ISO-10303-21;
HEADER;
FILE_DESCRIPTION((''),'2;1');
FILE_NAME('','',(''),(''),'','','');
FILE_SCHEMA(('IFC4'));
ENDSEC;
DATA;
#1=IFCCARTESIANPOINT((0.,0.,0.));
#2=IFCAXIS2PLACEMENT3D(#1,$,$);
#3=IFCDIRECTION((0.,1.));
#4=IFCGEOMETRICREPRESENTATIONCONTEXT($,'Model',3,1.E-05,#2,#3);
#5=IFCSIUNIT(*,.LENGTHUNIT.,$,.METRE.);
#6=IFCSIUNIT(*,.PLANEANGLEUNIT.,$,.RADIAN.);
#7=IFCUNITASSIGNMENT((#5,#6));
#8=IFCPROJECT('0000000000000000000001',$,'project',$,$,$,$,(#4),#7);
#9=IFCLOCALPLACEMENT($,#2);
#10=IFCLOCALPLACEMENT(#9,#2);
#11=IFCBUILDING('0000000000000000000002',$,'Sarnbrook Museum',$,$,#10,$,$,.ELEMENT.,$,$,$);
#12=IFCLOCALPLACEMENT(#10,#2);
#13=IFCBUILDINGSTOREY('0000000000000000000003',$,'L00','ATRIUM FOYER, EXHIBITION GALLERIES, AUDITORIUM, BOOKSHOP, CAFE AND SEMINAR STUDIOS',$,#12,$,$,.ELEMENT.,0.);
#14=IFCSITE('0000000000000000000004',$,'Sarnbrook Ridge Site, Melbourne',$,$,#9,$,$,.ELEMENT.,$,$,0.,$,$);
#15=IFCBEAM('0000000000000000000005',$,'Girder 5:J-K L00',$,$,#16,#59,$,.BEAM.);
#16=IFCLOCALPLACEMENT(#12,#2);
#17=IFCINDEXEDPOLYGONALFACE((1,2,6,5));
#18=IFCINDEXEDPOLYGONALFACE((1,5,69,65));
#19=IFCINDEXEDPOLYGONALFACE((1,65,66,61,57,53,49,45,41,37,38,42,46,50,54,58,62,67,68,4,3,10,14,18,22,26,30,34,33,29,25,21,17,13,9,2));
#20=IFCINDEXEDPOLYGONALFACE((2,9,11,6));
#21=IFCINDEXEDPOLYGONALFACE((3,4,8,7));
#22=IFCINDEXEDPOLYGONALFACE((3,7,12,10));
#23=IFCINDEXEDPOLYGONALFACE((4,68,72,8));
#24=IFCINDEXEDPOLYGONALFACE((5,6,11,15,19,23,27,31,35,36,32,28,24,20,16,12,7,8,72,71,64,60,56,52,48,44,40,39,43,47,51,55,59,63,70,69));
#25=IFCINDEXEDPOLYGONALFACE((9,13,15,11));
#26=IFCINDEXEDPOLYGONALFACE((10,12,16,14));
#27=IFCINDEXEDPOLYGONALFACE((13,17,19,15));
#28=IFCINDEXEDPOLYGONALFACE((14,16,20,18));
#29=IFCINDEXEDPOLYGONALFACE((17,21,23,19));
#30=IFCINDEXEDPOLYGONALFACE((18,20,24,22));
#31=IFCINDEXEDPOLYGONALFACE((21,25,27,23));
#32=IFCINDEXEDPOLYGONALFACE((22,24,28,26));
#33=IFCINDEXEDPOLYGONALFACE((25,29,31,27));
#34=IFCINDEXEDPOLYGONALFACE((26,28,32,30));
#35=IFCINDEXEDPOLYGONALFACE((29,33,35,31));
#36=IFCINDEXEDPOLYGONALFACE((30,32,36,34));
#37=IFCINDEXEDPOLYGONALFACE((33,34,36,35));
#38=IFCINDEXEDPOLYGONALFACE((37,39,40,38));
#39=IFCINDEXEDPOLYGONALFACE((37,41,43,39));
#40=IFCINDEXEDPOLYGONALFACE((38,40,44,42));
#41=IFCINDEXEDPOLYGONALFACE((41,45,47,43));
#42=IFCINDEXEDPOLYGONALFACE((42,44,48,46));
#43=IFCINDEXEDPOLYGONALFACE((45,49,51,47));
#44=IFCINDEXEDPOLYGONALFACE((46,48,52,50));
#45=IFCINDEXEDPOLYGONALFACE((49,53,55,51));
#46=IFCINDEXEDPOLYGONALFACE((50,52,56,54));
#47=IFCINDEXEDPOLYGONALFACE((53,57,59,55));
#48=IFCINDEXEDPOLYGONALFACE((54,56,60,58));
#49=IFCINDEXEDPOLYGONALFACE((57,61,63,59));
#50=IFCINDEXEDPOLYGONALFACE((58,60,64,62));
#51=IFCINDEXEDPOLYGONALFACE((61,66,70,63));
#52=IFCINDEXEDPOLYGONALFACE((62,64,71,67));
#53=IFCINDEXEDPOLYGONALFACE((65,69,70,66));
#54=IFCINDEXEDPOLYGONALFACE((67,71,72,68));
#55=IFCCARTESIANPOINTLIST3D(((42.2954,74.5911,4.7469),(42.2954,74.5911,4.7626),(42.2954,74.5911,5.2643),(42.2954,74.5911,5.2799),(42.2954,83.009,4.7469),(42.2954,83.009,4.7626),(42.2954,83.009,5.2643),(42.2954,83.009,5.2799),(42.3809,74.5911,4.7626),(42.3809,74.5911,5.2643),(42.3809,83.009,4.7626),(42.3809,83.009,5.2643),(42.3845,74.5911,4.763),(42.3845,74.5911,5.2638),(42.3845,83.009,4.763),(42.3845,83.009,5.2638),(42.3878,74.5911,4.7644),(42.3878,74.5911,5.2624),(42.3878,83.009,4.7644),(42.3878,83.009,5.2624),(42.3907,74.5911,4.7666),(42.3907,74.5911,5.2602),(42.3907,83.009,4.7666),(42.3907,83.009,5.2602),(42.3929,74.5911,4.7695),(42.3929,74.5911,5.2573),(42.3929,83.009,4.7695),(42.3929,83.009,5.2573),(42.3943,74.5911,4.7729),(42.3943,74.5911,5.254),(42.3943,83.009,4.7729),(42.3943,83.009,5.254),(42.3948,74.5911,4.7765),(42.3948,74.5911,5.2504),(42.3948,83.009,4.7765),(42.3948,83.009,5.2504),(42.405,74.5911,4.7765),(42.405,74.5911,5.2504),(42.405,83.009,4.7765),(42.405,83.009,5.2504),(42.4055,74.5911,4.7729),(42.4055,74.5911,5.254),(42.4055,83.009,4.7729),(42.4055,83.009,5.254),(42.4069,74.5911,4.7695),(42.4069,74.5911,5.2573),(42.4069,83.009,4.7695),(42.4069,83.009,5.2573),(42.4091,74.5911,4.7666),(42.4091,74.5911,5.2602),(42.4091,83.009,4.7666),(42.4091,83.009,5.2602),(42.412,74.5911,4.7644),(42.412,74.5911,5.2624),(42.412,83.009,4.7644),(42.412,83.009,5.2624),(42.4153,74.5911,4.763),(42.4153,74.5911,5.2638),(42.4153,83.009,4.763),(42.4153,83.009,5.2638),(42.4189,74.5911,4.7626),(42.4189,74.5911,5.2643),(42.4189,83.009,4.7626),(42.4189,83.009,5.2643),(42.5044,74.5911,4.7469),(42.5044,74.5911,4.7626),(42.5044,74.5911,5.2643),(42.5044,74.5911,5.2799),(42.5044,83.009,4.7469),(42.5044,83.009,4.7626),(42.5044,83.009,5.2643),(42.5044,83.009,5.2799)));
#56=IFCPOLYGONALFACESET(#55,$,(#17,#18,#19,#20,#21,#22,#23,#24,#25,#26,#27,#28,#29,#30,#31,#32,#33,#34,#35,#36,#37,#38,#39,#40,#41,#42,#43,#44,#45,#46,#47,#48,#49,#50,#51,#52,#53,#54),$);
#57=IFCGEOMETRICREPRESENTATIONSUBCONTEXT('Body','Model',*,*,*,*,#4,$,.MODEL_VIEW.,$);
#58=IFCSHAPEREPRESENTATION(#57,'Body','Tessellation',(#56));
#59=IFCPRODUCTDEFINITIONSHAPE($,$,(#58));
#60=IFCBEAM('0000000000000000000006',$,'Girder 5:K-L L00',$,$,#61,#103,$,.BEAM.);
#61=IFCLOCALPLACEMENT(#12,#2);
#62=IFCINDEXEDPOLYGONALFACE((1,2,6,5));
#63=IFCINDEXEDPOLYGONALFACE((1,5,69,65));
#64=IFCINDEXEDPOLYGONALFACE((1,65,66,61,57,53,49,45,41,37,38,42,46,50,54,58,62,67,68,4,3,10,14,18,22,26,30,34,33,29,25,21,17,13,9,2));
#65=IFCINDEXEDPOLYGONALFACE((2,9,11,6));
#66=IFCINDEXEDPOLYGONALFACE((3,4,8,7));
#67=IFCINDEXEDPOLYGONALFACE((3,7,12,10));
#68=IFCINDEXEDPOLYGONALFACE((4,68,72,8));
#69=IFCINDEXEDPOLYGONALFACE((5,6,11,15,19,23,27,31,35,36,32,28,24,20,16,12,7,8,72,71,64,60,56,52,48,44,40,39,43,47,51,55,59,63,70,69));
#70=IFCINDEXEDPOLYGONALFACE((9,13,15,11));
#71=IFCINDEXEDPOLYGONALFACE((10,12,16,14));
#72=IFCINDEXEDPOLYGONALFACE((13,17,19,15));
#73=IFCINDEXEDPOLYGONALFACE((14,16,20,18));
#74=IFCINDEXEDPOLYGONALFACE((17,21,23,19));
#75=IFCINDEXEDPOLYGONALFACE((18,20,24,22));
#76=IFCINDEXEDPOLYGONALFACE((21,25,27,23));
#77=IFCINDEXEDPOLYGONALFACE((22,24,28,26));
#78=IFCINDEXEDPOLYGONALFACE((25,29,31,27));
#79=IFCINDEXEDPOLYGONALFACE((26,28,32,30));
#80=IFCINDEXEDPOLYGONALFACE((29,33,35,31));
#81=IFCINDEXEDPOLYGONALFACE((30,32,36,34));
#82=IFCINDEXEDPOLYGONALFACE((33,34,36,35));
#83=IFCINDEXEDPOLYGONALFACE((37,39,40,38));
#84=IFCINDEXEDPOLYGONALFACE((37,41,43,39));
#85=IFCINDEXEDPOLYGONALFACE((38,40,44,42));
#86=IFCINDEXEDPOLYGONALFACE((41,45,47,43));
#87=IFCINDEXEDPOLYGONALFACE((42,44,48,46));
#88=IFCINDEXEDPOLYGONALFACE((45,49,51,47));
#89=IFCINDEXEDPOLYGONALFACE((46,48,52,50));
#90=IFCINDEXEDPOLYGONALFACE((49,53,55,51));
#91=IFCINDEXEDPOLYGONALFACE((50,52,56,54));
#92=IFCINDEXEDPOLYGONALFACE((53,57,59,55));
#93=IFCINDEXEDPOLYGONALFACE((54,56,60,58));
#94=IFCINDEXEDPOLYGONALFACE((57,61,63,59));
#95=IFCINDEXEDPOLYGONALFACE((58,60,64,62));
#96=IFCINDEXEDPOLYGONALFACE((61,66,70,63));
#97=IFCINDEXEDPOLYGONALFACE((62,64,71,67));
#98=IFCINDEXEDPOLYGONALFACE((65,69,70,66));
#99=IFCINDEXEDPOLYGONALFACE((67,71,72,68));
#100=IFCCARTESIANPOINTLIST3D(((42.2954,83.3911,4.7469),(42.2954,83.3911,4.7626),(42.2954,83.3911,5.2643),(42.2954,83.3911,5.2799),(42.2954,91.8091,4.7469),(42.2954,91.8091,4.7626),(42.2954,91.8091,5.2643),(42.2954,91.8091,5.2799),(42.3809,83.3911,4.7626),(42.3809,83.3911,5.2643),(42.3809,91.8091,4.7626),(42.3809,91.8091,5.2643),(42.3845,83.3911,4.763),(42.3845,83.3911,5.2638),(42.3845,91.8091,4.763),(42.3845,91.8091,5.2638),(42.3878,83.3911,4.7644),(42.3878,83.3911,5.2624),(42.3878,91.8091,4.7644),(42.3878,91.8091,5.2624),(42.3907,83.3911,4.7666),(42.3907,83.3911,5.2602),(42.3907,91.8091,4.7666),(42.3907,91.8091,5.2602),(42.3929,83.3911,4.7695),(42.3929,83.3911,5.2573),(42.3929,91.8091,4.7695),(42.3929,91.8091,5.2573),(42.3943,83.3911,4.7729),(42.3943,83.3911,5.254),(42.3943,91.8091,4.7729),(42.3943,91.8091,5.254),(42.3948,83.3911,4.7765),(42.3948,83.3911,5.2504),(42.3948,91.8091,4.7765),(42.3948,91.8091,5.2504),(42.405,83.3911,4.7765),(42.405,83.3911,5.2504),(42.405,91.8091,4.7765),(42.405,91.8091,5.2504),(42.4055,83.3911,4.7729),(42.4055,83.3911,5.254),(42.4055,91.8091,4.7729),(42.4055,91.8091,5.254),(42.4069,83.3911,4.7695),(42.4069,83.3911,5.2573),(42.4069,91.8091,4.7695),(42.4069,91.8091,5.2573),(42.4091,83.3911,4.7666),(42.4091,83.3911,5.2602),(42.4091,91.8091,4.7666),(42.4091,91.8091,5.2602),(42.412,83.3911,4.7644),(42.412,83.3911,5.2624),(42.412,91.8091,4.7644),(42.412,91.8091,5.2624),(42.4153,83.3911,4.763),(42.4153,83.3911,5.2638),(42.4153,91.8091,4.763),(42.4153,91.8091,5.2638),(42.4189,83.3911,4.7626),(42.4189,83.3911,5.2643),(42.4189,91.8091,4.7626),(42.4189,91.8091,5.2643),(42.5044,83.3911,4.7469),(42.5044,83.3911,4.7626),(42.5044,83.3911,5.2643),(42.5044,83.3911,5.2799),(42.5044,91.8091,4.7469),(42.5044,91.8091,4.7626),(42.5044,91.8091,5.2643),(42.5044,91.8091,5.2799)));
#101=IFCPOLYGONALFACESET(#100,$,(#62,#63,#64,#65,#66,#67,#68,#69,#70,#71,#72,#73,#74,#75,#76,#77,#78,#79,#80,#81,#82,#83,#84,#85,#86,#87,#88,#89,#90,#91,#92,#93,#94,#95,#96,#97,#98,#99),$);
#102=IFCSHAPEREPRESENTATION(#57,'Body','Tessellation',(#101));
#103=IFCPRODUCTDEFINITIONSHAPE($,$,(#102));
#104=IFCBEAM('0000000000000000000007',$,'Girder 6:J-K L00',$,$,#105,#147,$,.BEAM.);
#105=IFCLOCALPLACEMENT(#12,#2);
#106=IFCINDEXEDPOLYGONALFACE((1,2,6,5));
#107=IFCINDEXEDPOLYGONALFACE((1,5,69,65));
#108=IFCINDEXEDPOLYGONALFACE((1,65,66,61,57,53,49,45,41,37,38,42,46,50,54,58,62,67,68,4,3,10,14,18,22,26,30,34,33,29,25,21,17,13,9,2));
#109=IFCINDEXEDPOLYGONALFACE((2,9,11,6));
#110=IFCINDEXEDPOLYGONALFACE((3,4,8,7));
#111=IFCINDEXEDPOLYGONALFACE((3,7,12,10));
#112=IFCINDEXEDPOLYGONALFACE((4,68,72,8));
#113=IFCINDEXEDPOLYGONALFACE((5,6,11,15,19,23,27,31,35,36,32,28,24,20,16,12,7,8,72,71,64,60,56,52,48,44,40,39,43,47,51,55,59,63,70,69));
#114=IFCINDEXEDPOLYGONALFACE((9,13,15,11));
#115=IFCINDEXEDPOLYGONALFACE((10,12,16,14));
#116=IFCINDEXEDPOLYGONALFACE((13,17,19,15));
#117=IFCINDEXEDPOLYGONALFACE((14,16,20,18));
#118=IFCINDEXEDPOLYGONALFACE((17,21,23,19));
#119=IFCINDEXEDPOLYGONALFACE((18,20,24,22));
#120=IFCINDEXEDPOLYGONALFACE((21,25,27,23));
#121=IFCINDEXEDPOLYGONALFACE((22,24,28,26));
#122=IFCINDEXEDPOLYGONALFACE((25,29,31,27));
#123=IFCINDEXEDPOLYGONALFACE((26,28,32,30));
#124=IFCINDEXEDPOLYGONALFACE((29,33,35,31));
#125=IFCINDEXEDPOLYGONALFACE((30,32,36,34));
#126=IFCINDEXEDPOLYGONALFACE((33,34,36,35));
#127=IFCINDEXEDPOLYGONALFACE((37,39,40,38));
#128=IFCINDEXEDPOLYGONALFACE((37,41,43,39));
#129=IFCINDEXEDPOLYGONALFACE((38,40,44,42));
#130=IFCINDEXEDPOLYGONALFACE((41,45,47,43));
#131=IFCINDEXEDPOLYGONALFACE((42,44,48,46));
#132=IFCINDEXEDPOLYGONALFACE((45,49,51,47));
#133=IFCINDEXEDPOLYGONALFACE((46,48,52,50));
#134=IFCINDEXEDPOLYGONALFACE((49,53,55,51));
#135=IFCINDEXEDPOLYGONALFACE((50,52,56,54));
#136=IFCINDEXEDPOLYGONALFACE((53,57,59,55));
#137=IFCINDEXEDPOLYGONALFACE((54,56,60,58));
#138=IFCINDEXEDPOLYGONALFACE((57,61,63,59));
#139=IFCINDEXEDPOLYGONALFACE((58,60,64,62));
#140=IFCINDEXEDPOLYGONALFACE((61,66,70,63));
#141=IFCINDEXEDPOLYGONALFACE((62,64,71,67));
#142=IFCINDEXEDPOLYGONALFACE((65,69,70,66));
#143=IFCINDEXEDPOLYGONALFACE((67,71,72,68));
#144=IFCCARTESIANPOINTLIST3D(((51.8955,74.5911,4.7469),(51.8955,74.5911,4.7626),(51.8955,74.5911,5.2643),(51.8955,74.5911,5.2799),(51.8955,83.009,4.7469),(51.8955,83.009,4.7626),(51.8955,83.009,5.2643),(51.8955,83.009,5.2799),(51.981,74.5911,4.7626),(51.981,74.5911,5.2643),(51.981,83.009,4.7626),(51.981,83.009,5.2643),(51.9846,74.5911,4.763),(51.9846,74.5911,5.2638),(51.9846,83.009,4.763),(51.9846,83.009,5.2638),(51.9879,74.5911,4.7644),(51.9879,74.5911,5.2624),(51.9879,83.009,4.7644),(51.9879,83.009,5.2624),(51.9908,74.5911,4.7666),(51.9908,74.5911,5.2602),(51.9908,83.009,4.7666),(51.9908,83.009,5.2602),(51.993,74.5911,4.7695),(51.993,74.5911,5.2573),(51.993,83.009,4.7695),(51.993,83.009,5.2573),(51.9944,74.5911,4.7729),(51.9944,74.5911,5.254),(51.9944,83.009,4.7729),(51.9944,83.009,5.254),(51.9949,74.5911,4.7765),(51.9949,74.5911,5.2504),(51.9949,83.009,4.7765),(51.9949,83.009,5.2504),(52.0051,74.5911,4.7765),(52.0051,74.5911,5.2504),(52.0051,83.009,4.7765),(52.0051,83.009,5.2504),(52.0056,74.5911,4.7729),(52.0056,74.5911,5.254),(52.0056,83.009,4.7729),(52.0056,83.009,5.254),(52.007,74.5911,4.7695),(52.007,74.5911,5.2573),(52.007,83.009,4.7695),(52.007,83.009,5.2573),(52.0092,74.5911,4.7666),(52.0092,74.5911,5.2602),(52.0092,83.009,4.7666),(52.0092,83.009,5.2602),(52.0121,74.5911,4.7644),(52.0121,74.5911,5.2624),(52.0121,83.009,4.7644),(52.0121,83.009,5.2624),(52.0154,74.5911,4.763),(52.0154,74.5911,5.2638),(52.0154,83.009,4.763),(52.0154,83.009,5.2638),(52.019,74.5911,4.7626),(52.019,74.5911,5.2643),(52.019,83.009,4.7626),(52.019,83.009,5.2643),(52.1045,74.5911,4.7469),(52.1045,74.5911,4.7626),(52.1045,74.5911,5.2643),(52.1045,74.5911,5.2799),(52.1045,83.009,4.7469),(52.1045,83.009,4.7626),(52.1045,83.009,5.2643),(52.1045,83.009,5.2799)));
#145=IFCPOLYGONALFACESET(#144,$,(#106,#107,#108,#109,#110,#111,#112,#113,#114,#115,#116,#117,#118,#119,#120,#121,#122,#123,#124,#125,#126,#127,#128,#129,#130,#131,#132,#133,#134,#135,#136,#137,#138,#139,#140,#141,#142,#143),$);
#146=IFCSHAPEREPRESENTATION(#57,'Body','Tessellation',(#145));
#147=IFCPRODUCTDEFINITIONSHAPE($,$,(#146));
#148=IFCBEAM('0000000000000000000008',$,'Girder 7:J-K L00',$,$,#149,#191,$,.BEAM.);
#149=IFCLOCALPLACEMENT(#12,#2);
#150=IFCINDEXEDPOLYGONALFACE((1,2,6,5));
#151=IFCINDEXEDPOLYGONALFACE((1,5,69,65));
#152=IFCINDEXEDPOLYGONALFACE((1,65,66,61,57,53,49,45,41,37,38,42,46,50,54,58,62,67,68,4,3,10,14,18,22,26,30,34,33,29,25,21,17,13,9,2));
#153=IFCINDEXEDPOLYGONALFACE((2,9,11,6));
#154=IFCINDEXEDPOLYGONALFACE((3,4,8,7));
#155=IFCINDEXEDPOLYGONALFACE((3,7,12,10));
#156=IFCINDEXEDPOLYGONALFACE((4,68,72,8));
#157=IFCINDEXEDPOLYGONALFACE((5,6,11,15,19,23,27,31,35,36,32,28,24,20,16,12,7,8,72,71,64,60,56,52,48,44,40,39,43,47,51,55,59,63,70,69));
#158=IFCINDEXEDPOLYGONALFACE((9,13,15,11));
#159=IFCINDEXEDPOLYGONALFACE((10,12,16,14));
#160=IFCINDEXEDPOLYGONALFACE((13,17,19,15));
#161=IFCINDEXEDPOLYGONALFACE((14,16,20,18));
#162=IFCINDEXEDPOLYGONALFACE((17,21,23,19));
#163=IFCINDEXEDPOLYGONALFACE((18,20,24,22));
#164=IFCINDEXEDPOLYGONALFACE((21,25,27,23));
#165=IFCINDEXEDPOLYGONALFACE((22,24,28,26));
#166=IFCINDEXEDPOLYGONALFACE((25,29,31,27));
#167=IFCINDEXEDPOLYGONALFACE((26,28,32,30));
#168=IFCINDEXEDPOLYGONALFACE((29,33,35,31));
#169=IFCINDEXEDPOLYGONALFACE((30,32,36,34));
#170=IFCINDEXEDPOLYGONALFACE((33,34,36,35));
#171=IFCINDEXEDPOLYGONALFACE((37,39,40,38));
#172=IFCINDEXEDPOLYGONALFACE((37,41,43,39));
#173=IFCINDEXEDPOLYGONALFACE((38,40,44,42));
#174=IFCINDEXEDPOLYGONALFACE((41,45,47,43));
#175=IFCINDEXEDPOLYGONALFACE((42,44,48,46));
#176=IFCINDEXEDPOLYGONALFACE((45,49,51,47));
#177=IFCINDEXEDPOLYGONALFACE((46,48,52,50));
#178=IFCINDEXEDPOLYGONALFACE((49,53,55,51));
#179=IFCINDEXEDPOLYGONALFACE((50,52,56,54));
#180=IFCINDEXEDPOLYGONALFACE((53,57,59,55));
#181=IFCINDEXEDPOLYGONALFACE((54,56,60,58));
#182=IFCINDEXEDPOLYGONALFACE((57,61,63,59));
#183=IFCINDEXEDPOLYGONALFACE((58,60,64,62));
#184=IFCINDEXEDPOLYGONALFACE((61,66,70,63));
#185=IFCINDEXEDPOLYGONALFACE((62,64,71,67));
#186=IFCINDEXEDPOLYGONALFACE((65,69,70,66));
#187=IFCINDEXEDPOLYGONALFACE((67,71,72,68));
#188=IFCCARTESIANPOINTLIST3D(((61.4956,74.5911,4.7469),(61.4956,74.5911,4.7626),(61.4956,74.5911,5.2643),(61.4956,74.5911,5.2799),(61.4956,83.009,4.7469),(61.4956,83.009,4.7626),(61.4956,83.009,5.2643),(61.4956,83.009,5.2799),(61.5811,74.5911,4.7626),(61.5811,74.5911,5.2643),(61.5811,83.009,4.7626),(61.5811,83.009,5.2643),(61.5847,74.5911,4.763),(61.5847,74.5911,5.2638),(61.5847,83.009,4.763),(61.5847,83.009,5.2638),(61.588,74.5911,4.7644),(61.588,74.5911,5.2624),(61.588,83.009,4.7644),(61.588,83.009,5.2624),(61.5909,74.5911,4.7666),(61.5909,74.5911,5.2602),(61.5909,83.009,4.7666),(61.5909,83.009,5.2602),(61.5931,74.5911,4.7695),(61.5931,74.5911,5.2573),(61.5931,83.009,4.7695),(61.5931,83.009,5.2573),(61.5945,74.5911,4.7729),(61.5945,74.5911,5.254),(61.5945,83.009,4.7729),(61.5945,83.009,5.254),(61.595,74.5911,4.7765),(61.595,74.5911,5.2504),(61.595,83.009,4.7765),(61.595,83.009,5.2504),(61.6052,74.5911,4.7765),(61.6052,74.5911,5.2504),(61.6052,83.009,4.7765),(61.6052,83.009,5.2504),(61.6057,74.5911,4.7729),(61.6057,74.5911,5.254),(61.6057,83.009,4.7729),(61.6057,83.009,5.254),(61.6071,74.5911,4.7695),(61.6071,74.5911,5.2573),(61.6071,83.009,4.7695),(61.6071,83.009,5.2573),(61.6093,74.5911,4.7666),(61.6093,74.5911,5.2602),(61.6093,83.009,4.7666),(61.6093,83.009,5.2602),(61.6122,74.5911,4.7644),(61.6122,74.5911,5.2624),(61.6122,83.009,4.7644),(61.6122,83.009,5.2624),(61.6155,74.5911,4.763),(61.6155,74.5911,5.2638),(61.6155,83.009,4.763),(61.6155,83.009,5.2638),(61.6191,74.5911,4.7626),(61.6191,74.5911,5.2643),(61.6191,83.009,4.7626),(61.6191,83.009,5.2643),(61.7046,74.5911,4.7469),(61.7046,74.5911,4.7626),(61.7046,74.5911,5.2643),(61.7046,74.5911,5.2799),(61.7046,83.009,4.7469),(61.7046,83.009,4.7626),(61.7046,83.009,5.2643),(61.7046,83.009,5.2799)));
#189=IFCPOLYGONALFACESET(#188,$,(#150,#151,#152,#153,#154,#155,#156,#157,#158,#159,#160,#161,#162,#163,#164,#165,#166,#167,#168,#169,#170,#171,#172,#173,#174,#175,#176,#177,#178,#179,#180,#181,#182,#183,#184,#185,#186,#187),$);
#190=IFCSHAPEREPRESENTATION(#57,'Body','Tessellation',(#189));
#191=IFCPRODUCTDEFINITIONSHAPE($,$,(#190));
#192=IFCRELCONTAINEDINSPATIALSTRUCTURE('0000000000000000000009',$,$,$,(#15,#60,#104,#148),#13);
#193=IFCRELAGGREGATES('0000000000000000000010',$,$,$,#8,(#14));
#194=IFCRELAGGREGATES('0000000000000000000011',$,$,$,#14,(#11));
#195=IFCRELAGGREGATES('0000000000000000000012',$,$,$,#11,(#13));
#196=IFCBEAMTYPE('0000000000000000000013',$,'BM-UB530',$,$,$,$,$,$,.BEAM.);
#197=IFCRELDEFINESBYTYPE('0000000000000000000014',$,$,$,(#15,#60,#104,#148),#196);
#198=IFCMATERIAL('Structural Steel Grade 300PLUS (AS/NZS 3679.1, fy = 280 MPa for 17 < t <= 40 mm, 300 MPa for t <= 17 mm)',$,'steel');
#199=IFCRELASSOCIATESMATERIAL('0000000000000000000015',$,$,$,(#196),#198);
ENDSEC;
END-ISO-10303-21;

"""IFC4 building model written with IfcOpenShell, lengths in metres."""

from ifc_helpers import new_model, si_unit, direction, frame, origin, origin_2d, place, context, subcontext, project, spatial, i_section, extrude, material, material_profile, profile_set, type_object, element, save


model = new_model("IFC4")

# Units and contexts
model_context = context("Model", 3, precision=1e-05, world=origin(), true_north=direction((0.0, 1.0)))
body_context = subcontext(model_context, "Body", "Model", "MODEL_VIEW")
ifc_project = project(units=[si_unit("LENGTHUNIT", "METRE"), si_unit("PLANEANGLEUNIT", "RADIAN")], contexts=[model_context])

# Site, building, storey
site_placement = place(None, origin())
site = spatial("IfcSite", under=ifc_project, at=site_placement, Name="Sarnbrook Ridge Site, Melbourne", CompositionType="ELEMENT", RefElevation=0.0)
building_placement = place(site_placement, origin())
building = spatial("IfcBuilding", under=site, at=building_placement, Name="Sarnbrook Museum", CompositionType="ELEMENT")
storey_placement = place(building_placement, origin())
storey = spatial("IfcBuildingStorey", under=building, at=storey_placement, Name="L00", Description="ATRIUM FOYER, EXHIBITION GALLERIES, AUDITORIUM, BOOKSHOP, CAFE AND SEMINAR STUDIOS", CompositionType="ELEMENT", Elevation=0.0)

# Beams
ifc_material_1 = material(Name="Structural Steel Grade 300PLUS (AS/NZS 3679.1, fy = 280 MPa for 17 < t <= 40 mm, 300 MPa for t <= 17 mm)", Category="steel")
ifc_material_profile_1 = material_profile(ifc_material_1, i_section(OverallWidth=0.209, OverallDepth=0.533, WebThickness=0.0103, FlangeThickness=0.0156, FilletRadius=0.0139, at=origin_2d()), Name="530UB92.4")
ifc_profile_set_1 = profile_set([ifc_material_profile_1], Name="Structural Steel Grade 300PLUS (AS/NZS 3679.1, fy = 280 MPa for 17 < t <= 40 mm, 300 MPa for t <= 17 mm)")
beam_type_1 = type_object("IfcBeamType", Name="BM-UB530", PredefinedType="BEAM", material=ifc_profile_set_1)
for number, where, z_axis, x_axis, name in (
    (1, (42.3999, 74.5911, 5.0134), (0.0, 1.0, 0.0), (-1.0, 0.0, 0.0), "Girder 5:J-K L00"),
    (2, (42.3999, 83.3911, 5.0134), (0.0, 1.0, 0.0), (-1.0, 0.0, 0.0), "Girder 5:K-L L00"),
    (3, (52.0, 74.5911, 5.0134), (0.0, 1.0, 0.0), (-1.0, 0.0, 0.0), "Girder 6:J-K L00"),
    (4, (61.6001, 74.5911, 5.0134), (0.0, 1.0, 0.0), (-1.0, 0.0, 0.0), "Girder 7:J-K L00"),
):
    element("IfcBeam", number, at=place(storey_placement, frame(where, z_axis=z_axis, x_axis=x_axis)), inside=storey, type_object=beam_type_1, Name=name, PredefinedType="BEAM", context=body_context, shape_type="SweptSolid", body=[
        extrude(i_section(OverallWidth=0.209, OverallDepth=0.533, WebThickness=0.0103, FlangeThickness=0.0156, FilletRadius=0.0139, at=origin_2d()), origin(), (0.0, 0.0, 1.0), 8.418),
    ])

save(model, "model.ifc")
